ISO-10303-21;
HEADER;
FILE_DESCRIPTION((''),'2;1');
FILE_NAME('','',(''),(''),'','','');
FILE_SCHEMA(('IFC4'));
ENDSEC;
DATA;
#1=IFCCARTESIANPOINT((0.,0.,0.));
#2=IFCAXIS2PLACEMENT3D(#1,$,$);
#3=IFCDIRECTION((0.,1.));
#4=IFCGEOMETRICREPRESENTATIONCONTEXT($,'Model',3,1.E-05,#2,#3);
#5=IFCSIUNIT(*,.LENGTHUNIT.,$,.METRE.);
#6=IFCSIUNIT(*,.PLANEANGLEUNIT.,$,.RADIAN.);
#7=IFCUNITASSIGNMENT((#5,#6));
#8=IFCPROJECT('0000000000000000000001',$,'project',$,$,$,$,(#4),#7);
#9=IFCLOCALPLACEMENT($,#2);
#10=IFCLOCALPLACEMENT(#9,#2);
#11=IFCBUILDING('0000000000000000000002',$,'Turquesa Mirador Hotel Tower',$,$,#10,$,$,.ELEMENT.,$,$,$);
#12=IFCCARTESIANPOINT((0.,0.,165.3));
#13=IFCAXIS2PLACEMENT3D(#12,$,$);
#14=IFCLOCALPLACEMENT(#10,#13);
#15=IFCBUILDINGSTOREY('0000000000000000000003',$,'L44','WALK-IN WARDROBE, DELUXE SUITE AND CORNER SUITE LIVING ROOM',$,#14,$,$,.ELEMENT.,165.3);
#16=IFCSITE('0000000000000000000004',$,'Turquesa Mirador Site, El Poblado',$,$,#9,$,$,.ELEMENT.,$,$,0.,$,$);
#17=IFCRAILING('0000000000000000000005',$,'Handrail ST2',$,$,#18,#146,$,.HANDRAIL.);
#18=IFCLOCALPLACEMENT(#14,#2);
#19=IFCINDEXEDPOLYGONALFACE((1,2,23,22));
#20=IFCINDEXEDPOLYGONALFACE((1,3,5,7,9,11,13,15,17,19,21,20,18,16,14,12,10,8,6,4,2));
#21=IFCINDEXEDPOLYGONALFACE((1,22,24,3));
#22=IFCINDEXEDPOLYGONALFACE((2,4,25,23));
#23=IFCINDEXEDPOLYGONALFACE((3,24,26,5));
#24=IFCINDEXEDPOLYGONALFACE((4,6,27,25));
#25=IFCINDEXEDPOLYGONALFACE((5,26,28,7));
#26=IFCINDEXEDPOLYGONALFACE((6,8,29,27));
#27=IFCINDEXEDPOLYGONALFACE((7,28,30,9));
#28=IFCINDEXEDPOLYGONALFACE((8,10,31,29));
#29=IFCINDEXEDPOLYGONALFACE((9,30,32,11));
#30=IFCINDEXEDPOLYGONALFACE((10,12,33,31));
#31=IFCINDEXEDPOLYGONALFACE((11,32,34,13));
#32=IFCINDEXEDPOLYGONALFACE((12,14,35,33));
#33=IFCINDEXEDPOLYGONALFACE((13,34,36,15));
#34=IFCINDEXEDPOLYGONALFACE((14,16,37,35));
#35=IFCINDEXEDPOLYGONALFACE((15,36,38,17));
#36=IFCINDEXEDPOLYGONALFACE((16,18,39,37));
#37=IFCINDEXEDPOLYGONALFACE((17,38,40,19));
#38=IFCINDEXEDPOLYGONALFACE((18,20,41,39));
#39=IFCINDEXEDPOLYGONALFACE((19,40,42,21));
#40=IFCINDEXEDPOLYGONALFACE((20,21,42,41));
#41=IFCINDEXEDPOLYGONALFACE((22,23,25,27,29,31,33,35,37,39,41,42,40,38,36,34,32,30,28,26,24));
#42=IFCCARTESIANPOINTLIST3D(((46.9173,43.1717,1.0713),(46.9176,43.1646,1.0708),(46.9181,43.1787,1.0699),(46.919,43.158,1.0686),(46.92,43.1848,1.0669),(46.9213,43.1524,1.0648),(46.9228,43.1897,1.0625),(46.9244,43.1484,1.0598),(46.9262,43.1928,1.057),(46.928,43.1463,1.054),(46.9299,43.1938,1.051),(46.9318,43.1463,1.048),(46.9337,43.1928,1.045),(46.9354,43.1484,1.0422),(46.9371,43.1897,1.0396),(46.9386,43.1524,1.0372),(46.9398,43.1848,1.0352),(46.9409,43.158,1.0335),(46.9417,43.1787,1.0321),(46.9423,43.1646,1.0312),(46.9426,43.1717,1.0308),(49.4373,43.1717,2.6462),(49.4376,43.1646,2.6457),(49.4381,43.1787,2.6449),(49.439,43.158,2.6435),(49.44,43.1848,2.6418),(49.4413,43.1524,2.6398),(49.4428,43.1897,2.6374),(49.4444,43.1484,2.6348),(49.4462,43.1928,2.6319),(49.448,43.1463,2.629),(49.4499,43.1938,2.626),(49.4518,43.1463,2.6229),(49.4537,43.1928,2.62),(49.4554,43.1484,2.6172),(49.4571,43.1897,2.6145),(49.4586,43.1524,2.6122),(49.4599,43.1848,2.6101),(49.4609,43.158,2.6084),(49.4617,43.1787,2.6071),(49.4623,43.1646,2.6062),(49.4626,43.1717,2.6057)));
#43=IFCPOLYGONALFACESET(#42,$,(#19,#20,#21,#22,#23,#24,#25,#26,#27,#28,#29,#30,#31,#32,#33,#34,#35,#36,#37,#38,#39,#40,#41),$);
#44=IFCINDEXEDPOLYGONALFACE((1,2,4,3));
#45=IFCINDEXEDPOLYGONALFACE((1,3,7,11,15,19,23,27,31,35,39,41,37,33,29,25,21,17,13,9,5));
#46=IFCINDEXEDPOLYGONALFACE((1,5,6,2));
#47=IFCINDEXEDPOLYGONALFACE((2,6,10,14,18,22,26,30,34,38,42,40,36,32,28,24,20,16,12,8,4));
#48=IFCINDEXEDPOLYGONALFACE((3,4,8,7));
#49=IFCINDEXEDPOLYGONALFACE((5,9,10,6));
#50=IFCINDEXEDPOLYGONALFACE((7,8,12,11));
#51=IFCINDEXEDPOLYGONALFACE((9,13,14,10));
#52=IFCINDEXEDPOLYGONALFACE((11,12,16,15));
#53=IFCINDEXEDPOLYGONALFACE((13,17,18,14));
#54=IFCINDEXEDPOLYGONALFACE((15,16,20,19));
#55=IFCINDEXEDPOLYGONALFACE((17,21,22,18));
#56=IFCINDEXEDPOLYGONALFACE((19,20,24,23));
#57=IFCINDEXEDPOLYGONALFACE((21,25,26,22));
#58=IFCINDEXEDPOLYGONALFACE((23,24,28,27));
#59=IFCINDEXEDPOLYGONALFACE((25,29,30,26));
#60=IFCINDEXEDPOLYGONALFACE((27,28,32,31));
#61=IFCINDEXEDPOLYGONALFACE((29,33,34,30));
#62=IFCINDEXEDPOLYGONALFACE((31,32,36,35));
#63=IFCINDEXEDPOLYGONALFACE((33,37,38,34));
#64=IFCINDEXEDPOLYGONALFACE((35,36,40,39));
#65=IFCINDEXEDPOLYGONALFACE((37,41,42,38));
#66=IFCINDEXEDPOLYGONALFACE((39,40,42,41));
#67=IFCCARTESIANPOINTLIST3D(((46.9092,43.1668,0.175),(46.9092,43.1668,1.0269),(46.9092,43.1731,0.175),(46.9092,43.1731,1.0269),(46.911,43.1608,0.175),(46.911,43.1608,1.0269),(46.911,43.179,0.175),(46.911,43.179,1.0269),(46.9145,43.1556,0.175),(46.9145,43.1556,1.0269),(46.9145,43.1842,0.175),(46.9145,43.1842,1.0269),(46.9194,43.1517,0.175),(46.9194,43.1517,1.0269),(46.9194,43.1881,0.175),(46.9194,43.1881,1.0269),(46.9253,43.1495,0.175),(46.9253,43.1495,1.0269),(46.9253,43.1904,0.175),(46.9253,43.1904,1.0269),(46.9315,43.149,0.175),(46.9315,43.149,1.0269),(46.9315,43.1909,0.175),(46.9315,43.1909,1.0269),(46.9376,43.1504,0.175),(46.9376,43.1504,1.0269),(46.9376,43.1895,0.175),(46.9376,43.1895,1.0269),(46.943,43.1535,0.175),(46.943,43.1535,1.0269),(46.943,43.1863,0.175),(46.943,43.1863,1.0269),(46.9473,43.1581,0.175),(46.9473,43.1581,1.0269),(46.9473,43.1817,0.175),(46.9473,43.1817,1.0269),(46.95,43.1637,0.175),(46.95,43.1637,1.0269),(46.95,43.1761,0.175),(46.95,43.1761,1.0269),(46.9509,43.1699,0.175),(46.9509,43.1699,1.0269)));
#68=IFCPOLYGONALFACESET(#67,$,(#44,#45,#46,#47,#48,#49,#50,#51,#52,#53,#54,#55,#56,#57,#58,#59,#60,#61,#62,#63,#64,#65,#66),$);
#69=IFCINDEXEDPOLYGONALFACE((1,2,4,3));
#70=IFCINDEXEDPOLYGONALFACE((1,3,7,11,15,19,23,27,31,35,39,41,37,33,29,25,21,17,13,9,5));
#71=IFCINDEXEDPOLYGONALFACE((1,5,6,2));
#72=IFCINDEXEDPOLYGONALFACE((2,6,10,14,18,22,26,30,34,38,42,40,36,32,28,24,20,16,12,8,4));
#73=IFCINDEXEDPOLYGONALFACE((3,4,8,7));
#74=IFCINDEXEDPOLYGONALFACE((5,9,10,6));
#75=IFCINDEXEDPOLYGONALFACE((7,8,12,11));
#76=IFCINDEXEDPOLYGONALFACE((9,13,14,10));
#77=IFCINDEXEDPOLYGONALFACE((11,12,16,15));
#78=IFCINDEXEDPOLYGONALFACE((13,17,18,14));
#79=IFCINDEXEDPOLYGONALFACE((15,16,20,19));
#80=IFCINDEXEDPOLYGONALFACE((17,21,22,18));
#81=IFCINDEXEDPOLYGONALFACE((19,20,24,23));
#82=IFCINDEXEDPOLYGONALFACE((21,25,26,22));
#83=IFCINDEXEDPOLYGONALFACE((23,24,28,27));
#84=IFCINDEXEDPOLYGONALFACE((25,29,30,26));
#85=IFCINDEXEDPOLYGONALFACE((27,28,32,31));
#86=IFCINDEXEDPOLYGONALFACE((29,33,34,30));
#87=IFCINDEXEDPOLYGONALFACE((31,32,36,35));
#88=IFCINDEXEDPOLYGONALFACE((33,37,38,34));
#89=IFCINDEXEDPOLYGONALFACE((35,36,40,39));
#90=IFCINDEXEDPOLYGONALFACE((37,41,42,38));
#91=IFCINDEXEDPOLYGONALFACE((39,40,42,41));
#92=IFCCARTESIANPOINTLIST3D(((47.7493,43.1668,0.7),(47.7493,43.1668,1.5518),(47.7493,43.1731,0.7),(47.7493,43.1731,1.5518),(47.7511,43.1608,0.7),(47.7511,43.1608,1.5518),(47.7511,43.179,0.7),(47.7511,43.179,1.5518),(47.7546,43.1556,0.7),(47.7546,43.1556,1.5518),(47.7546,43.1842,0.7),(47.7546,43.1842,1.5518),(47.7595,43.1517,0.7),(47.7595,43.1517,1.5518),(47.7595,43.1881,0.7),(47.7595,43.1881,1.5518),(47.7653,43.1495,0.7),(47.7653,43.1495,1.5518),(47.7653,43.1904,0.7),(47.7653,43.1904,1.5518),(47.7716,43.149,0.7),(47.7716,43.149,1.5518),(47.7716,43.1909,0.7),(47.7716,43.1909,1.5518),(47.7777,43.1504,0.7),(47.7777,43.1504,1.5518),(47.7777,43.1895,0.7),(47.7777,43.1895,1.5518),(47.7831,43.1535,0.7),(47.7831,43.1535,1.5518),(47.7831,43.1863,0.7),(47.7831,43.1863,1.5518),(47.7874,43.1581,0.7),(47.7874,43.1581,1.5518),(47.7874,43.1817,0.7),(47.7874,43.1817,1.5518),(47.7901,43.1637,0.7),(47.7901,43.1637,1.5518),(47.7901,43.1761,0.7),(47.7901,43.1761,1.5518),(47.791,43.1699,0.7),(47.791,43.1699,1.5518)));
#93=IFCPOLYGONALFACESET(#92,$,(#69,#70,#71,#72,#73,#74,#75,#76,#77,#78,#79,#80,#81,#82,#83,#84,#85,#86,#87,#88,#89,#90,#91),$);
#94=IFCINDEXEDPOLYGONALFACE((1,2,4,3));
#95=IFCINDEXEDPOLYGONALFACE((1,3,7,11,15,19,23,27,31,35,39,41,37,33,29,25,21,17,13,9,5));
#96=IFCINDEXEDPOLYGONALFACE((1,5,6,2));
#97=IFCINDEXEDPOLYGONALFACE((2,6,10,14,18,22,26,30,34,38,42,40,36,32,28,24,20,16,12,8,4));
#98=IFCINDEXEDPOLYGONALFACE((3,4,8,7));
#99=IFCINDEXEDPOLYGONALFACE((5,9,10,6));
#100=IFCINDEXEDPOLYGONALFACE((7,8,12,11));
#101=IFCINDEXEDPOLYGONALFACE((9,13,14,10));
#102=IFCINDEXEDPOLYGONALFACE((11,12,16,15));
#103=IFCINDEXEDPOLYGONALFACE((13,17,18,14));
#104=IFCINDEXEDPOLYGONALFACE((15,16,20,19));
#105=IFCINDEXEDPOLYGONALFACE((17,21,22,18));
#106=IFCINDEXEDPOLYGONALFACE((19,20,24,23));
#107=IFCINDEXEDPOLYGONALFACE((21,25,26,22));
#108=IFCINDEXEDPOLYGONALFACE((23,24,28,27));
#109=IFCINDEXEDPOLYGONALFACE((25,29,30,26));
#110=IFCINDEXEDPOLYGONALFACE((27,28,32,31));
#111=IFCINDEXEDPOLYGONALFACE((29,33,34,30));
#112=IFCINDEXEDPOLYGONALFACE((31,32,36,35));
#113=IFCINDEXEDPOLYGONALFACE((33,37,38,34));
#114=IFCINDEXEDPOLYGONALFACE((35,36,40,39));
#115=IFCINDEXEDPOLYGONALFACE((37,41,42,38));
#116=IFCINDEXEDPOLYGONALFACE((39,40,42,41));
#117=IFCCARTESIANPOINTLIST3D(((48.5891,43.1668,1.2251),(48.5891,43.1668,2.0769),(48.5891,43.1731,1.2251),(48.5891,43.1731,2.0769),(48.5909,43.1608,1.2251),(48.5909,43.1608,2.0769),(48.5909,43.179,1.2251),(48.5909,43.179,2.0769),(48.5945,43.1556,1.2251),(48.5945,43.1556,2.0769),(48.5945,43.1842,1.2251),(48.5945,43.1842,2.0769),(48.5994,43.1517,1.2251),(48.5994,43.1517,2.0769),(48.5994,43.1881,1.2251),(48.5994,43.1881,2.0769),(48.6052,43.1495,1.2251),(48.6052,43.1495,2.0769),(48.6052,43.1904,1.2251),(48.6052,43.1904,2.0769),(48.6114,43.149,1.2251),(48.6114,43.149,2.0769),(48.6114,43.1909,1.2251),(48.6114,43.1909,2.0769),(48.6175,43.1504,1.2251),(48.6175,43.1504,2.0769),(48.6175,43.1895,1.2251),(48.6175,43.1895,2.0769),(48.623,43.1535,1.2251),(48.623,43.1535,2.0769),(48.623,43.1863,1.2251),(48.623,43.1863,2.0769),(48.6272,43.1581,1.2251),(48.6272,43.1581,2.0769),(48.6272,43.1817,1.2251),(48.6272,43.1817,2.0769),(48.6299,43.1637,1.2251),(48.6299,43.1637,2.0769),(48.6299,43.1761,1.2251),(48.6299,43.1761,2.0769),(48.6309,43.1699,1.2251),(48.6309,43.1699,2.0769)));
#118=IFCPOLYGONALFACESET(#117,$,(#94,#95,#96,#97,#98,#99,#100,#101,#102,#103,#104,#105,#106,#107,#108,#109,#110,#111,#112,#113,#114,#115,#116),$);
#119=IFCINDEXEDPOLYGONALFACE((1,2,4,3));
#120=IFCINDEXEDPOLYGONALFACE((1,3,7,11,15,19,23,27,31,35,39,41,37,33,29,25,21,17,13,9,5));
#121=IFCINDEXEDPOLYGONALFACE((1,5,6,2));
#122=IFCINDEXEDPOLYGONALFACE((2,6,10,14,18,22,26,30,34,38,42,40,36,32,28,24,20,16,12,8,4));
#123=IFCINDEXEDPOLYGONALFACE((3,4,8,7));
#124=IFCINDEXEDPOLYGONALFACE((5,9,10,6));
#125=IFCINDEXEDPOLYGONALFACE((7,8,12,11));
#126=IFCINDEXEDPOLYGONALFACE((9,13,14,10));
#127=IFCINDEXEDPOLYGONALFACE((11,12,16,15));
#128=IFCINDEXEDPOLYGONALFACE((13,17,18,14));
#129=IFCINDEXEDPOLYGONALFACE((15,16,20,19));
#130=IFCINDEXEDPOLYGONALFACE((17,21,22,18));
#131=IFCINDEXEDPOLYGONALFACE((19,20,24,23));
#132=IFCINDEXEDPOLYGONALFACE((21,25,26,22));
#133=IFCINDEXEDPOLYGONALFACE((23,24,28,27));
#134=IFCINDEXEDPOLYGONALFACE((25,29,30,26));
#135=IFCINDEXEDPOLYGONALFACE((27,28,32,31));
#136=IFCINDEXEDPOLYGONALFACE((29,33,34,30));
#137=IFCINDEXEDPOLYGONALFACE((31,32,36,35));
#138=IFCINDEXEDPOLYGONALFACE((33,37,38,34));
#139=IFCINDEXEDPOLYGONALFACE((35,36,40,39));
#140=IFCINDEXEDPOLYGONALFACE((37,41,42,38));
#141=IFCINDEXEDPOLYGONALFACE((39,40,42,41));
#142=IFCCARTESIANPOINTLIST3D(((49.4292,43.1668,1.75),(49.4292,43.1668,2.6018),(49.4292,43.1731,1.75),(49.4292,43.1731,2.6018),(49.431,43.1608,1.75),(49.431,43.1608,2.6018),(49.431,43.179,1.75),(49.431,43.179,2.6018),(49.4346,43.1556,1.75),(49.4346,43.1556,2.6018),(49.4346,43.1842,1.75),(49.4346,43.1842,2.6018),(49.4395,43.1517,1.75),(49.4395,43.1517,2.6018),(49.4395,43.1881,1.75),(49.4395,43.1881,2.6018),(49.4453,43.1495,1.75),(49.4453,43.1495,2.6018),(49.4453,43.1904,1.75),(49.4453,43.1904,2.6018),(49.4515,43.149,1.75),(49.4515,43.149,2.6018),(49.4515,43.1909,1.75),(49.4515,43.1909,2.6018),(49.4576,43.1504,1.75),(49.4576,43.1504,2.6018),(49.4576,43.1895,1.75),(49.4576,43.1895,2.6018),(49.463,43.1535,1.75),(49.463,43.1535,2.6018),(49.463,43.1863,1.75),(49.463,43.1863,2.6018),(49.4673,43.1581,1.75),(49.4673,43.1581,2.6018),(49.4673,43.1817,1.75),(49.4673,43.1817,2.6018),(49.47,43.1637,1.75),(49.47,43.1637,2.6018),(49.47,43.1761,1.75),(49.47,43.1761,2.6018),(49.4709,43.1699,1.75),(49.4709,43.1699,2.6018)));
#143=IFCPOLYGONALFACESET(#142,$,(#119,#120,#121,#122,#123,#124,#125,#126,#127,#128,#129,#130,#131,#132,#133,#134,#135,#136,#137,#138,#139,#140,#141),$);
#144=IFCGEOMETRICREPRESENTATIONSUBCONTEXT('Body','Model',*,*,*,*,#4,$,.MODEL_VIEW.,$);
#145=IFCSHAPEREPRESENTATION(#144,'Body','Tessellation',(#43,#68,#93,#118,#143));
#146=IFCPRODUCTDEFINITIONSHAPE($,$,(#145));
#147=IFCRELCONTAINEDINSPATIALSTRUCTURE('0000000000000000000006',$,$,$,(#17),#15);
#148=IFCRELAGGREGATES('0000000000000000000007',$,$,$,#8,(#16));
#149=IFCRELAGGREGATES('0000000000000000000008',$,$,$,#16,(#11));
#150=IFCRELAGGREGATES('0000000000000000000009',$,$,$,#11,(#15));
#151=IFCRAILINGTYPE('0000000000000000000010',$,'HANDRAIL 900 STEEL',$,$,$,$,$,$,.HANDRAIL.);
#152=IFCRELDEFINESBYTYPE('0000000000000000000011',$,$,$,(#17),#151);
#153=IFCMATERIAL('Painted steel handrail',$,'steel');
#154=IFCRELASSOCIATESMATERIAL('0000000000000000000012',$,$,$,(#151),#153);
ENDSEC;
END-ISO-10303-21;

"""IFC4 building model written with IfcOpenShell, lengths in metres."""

from ifc_helpers import new_model, si_unit, direction, frame, origin, origin_2d, place, context, subcontext, project, spatial, circle, extrude, material, type_object, element, save


model = new_model("IFC4")

# Units and contexts
model_context = context("Model", 3, precision=1e-05, world=origin(), true_north=direction((0.0, 1.0)))
body_context = subcontext(model_context, "Body", "Model", "MODEL_VIEW")
ifc_project = project(units=[si_unit("LENGTHUNIT", "METRE"), si_unit("PLANEANGLEUNIT", "RADIAN")], contexts=[model_context])

# Site, building, storey
site_placement = place(None, origin())
site = spatial("IfcSite", under=ifc_project, at=site_placement, Name="Turquesa Mirador Site, El Poblado", CompositionType="ELEMENT", RefElevation=0.0)
building_placement = place(site_placement, origin())
building = spatial("IfcBuilding", under=site, at=building_placement, Name="Turquesa Mirador Hotel Tower", CompositionType="ELEMENT")
storey_placement = place(building_placement, frame((0.0, 0.0, 165.3)))
storey = spatial("IfcBuildingStorey", under=building, at=storey_placement, Name="L44", Description="WALK-IN WARDROBE, DELUXE SUITE AND CORNER SUITE LIVING ROOM", CompositionType="ELEMENT", Elevation=165.3)

# Railing
ifc_material_1 = material(Name="Painted steel handrail", Category="steel")
railing_type = type_object("IfcRailingType", Name="HANDRAIL 900 STEEL", PredefinedType="HANDRAIL", material=ifc_material_1)
for number, where, name in (
    (1, (46.9299, 43.1699, 0.175), "Handrail ST2"),
):
    element("IfcRailing", number, at=place(storey_placement, frame(where)), inside=storey, type_object=railing_type, Name=name, PredefinedType="HANDRAIL", context=body_context, shape_type="SweptSolid", body=[
        extrude(circle(Radius=0.0239, at=origin_2d()), frame((0.0, 0.0, 0.876), z_axis=(0.848008, 0.0, 0.529984), x_axis=(0.0, 1.0, 0.0)), (0.0, 0.0, 1.0), 2.9717),
        extrude(circle(Radius=0.021, at=origin_2d()), origin(), (0.0, 0.0, 1.0), 0.8518),
        extrude(circle(Radius=0.021, at=origin_2d()), frame((0.8401, 0.0, 0.5249)), (0.0, 0.0, 1.0), 0.8518),
        extrude(circle(Radius=0.021, at=origin_2d()), frame((1.6799, 0.0, 1.05)), (0.0, 0.0, 1.0), 0.8518),
        extrude(circle(Radius=0.021, at=origin_2d()), frame((2.52, 0.0, 1.575)), (0.0, 0.0, 1.0), 0.8518),
    ])

save(model, "model.ifc")
